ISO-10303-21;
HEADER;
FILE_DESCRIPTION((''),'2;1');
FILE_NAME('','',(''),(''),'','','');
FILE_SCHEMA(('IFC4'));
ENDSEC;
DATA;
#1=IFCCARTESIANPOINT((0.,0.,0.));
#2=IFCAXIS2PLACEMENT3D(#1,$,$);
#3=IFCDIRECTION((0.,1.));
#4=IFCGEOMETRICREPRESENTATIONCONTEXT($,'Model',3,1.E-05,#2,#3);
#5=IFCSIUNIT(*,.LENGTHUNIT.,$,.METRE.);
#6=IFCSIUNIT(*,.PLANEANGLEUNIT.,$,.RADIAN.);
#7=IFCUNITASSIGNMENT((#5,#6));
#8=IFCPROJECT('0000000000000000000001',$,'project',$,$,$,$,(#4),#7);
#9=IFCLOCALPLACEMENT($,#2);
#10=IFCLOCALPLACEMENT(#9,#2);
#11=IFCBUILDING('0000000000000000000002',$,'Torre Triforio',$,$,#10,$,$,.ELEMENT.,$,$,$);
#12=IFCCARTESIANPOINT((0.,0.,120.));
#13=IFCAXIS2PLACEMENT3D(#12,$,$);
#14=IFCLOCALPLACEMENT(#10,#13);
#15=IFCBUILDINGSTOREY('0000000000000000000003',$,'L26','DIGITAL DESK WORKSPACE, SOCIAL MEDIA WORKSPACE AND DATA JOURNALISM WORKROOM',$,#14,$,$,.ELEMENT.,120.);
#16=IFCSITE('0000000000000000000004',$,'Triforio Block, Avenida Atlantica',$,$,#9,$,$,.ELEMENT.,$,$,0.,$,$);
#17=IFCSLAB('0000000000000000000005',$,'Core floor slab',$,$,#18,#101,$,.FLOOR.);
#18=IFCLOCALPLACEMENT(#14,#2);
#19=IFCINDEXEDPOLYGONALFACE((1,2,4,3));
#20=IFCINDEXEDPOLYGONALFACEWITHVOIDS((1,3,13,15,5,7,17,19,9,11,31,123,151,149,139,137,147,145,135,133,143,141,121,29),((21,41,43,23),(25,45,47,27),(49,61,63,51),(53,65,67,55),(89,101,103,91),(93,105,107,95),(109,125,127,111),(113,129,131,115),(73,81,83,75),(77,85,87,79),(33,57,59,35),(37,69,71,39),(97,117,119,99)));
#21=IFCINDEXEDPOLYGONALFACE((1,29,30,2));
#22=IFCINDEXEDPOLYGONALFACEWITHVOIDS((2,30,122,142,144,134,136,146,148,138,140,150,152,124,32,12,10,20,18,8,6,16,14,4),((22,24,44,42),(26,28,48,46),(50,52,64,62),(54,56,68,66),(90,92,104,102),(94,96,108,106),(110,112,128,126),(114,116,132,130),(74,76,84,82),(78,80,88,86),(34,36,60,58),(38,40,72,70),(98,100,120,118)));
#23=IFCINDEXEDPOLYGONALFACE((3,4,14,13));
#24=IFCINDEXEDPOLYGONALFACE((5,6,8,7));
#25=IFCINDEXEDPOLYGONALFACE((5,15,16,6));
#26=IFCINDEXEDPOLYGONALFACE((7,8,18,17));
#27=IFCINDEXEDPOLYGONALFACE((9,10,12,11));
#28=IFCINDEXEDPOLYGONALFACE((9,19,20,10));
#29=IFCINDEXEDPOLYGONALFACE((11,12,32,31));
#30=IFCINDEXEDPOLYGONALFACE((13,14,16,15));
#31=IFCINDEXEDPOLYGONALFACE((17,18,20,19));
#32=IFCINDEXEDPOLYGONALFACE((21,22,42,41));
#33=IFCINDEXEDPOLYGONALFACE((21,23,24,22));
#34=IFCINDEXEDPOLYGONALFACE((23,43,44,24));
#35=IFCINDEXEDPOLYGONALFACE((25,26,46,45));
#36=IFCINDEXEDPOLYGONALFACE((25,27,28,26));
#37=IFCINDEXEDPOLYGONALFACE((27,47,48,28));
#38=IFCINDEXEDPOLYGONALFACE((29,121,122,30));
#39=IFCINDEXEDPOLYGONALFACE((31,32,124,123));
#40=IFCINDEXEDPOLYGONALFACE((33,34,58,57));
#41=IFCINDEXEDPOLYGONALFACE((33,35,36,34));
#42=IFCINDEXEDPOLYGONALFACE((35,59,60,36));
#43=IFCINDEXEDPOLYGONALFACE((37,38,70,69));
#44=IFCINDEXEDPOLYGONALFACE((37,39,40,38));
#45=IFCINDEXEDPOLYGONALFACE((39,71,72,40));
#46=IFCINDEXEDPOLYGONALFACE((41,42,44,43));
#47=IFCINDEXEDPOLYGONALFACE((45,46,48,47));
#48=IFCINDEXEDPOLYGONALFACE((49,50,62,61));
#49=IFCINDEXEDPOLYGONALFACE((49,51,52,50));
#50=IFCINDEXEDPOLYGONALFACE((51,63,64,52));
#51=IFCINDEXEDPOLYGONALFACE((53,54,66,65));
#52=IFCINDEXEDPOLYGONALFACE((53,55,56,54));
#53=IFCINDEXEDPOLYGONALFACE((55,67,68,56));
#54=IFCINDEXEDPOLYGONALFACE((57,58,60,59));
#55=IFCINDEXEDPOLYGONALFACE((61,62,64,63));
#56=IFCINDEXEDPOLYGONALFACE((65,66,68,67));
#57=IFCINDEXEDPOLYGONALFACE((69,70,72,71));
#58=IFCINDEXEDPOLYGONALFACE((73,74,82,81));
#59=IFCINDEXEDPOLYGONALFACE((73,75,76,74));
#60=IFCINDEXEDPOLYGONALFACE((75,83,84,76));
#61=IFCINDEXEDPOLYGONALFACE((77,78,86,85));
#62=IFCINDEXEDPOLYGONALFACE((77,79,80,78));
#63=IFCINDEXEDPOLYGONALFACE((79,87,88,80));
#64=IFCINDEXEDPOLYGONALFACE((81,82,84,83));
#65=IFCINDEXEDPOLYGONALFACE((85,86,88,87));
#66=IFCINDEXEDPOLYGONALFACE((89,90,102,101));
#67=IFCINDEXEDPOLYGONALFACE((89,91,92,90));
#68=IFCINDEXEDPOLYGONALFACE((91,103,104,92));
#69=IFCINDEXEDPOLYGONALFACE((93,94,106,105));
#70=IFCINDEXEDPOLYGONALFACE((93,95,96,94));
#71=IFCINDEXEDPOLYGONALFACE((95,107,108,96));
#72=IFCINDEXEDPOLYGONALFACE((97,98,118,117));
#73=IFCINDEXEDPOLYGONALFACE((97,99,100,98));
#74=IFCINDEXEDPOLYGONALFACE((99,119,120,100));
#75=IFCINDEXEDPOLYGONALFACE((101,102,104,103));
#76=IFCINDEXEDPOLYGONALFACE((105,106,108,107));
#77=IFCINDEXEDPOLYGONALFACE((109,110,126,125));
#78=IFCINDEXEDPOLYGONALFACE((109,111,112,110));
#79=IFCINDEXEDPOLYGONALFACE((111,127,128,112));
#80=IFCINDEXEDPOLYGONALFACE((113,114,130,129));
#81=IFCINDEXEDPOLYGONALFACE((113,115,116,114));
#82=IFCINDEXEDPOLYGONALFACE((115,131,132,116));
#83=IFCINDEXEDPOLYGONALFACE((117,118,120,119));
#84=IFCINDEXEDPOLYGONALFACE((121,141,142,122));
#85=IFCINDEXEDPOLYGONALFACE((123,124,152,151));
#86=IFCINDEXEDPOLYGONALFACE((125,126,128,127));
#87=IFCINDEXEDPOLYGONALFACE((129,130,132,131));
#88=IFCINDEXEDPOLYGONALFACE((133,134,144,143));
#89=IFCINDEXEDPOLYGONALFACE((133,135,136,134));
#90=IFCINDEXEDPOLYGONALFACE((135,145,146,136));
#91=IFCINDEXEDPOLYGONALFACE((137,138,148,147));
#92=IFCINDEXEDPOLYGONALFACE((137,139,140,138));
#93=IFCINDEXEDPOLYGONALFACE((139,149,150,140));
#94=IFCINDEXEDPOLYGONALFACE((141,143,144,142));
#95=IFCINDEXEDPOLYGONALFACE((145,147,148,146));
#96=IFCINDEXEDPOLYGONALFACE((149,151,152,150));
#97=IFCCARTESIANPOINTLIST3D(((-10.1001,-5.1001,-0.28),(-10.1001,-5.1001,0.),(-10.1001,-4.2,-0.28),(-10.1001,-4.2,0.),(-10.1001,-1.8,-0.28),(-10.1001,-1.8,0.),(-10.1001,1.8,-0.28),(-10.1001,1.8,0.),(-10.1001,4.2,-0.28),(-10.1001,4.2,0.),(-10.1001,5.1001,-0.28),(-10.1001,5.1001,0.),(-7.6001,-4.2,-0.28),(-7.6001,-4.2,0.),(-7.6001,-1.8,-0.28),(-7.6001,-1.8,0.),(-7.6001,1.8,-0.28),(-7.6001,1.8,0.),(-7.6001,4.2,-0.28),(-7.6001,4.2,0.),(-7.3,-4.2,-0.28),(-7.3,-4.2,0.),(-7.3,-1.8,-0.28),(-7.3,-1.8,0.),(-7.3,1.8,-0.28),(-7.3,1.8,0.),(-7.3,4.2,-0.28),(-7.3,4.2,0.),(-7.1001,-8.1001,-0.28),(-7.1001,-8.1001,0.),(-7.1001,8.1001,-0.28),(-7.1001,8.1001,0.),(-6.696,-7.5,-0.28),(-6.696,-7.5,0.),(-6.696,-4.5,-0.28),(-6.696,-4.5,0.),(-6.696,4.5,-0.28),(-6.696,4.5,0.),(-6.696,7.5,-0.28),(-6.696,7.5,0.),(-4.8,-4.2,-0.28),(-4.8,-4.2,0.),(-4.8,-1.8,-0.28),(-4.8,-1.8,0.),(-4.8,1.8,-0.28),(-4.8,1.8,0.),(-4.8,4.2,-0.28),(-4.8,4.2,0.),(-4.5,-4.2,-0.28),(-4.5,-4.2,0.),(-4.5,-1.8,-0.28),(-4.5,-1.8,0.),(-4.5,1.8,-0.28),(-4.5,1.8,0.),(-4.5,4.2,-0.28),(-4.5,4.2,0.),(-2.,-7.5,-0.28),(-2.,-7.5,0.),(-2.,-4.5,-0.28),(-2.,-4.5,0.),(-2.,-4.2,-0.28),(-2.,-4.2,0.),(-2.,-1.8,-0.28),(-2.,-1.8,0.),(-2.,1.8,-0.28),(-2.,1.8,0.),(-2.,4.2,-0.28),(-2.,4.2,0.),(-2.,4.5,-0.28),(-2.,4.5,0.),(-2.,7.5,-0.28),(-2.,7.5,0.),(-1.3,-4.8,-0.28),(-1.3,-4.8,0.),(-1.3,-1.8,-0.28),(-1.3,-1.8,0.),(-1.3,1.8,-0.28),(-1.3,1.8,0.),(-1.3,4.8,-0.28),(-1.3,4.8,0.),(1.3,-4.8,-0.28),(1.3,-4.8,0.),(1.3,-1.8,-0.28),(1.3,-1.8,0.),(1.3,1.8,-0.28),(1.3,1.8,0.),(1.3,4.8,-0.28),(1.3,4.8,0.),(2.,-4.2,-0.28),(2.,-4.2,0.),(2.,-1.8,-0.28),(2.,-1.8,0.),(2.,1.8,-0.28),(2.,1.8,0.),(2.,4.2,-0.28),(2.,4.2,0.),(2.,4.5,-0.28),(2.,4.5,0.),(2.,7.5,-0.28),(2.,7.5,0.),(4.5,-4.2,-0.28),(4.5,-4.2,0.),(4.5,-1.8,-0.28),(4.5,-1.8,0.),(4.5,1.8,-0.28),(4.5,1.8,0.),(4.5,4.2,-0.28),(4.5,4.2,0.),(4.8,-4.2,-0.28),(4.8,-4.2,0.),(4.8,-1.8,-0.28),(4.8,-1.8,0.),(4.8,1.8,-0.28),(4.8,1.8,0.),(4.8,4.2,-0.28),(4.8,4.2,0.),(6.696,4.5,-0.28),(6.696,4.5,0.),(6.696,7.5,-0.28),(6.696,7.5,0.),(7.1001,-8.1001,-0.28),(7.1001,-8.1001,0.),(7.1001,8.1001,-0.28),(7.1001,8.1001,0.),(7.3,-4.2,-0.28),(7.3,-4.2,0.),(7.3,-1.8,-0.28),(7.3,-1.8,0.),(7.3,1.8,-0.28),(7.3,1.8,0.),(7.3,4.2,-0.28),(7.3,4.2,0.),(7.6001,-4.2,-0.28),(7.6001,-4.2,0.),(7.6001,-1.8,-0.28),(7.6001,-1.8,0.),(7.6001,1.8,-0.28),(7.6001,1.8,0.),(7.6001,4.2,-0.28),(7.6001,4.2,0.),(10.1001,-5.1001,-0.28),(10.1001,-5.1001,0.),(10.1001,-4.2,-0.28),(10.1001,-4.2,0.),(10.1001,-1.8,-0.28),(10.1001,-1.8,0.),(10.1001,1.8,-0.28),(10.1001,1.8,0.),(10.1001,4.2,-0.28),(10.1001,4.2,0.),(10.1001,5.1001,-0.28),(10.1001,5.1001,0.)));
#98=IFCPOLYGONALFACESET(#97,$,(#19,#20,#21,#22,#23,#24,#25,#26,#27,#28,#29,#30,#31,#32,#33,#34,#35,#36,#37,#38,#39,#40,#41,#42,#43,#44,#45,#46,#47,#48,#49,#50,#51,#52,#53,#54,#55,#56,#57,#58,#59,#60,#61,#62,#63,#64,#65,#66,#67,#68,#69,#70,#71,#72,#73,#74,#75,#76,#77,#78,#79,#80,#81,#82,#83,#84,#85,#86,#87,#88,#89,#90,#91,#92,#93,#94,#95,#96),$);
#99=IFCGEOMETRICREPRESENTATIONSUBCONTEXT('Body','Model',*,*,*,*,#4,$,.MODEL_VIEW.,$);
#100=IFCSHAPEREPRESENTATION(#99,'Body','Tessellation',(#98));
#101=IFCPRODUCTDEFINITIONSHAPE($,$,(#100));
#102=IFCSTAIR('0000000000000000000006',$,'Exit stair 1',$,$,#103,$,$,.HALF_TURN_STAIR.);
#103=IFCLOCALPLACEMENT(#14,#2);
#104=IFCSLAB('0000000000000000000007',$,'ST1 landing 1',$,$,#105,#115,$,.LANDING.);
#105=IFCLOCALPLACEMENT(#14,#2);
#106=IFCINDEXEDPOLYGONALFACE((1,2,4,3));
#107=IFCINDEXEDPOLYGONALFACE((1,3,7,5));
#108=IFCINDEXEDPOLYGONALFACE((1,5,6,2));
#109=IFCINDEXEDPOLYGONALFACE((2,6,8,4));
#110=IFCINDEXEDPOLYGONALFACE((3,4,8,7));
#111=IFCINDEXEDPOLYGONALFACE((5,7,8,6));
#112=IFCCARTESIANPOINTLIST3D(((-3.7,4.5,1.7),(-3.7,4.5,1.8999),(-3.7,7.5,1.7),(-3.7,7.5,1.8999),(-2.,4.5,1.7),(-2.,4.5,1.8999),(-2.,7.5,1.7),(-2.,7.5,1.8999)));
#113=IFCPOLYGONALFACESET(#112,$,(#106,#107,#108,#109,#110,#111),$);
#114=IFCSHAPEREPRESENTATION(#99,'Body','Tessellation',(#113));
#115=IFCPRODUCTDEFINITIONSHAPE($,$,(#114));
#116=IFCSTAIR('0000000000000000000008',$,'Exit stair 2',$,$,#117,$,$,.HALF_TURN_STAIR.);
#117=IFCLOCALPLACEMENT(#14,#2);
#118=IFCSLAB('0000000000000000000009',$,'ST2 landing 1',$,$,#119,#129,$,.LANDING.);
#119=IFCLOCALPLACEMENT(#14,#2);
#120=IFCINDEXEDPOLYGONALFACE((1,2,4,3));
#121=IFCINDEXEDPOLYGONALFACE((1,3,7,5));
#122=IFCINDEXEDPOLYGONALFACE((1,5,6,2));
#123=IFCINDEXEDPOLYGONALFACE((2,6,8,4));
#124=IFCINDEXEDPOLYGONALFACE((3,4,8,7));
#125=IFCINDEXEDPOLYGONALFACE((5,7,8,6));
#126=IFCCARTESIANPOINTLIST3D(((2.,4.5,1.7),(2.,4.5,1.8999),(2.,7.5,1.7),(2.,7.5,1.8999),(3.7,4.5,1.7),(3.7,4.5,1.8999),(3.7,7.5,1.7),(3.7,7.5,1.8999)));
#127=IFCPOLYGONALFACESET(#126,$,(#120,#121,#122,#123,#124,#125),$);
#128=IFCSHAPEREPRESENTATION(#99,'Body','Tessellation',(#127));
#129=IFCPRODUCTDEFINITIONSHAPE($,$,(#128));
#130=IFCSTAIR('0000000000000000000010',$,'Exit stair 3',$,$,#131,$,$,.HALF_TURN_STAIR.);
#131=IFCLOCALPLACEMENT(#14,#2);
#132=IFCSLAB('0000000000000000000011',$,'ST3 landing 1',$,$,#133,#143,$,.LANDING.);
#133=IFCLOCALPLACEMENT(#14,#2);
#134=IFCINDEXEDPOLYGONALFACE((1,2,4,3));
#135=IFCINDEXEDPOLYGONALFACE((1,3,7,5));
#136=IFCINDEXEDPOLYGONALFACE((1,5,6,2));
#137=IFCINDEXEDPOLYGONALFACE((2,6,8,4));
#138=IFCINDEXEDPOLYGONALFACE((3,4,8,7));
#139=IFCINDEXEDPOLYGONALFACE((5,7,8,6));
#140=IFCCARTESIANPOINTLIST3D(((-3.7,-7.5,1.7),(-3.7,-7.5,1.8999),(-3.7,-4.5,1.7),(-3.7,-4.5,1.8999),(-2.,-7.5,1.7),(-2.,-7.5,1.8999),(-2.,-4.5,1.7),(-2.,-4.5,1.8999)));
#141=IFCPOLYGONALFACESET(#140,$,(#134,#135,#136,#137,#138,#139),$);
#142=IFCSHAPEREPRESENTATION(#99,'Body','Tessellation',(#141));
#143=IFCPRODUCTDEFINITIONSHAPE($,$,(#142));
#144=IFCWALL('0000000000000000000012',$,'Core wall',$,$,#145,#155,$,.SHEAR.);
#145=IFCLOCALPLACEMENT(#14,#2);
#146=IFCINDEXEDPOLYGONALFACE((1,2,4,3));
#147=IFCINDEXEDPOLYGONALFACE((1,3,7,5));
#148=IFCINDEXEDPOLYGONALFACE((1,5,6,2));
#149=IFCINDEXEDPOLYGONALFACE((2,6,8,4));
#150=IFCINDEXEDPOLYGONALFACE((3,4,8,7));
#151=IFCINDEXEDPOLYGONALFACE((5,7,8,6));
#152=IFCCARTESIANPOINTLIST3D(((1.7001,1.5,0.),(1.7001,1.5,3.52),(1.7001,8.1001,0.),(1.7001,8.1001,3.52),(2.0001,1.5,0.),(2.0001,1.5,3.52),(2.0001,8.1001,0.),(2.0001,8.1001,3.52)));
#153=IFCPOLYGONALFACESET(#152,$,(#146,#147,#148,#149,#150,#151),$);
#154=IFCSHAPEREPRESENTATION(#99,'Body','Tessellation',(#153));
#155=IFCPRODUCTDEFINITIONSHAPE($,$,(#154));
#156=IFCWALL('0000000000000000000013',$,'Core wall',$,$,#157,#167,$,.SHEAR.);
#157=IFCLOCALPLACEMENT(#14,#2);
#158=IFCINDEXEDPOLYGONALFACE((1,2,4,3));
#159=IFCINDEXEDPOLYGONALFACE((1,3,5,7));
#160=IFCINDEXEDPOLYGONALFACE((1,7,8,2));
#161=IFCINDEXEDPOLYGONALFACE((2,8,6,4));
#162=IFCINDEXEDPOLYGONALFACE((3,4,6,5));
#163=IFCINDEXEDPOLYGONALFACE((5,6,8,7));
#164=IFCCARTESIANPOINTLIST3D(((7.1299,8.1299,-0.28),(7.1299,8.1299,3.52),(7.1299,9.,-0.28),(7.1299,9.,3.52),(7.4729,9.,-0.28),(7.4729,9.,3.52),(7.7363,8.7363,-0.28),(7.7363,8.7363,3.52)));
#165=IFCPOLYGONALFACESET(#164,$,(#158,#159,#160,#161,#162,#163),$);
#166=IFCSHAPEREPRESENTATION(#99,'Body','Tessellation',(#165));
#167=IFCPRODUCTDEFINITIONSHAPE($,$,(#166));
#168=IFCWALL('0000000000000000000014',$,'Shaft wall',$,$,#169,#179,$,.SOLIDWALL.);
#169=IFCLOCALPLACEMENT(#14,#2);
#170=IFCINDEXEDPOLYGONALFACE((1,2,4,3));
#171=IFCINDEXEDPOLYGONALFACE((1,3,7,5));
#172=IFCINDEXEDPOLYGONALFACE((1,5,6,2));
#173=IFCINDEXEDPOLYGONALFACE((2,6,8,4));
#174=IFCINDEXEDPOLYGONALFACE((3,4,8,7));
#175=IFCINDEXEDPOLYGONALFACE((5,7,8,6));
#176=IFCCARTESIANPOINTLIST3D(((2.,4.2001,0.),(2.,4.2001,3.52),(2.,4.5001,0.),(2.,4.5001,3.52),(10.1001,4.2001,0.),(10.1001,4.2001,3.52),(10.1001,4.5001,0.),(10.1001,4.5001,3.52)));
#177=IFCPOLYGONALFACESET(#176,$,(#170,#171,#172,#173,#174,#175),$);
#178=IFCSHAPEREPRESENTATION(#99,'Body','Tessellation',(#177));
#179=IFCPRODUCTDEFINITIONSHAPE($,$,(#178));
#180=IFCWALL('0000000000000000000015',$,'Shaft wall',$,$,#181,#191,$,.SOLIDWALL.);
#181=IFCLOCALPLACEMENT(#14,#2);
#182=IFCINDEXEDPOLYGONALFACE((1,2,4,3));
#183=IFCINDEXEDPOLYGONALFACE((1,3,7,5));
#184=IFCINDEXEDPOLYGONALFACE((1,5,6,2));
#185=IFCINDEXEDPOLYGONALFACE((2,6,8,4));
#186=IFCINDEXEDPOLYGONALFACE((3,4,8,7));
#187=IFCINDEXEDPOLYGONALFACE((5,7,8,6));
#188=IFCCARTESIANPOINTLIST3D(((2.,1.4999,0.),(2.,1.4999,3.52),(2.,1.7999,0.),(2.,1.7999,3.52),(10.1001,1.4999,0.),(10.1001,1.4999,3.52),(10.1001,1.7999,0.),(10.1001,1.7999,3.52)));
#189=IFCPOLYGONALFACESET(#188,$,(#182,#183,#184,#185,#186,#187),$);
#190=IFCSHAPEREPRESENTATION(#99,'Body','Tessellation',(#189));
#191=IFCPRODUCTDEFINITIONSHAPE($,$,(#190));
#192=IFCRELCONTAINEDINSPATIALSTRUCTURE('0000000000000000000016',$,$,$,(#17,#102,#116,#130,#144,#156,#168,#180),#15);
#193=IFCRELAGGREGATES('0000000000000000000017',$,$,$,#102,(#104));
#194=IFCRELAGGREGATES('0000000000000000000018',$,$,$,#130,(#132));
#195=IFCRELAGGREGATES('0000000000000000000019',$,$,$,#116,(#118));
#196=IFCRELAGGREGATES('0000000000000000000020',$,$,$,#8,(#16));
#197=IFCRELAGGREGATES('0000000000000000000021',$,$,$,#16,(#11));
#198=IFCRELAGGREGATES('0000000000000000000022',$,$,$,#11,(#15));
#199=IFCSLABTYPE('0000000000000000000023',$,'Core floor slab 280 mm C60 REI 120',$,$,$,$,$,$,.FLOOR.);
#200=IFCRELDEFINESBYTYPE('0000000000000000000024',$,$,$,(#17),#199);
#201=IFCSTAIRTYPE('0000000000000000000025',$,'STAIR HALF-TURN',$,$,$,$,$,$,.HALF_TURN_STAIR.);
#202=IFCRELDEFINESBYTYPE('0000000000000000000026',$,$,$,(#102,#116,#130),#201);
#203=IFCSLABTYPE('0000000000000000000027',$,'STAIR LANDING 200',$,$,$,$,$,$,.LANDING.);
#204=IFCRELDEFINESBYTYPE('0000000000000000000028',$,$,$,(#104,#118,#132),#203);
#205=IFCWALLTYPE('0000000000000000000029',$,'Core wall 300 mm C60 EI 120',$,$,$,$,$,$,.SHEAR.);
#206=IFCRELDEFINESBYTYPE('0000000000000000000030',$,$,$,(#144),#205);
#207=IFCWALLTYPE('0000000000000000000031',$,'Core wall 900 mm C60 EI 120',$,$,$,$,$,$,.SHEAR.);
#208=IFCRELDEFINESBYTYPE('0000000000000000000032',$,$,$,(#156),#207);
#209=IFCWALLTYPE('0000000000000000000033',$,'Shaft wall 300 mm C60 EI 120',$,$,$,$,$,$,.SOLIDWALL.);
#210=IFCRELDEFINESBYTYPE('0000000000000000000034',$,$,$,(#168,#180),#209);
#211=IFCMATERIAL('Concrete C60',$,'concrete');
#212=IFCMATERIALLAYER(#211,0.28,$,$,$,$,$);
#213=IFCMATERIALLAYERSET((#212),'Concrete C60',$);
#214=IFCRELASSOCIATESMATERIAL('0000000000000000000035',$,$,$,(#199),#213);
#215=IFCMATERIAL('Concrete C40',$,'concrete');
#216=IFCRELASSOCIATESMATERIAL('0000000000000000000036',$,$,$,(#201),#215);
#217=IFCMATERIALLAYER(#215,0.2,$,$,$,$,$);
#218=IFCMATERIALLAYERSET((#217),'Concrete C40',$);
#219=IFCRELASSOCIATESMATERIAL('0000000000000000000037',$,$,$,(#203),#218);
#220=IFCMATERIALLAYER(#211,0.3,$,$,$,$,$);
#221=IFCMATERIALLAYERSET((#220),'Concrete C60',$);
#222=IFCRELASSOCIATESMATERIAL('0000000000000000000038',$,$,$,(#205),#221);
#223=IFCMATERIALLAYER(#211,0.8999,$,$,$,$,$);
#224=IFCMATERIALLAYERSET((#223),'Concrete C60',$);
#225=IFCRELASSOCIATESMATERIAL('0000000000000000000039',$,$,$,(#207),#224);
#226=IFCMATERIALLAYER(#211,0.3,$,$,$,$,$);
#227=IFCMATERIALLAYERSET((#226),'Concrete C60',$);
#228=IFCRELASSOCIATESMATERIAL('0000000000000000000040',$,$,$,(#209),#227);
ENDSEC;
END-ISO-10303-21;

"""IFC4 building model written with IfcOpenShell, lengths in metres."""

from ifc_helpers import new_model, si_unit, direction, frame, frame_2d, origin, place, context, subcontext, project, spatial, polyline, rectangle, outline, extrude, material, layer, layer_set, type_object, element, aggregate, save


model = new_model("IFC4")

# Units and contexts
model_context = context("Model", 3, precision=1e-05, world=origin(), true_north=direction((0.0, 1.0)))
body_context = subcontext(model_context, "Body", "Model", "MODEL_VIEW")
ifc_project = project(units=[si_unit("LENGTHUNIT", "METRE"), si_unit("PLANEANGLEUNIT", "RADIAN")], contexts=[model_context])

# Site, building, storey
site_placement = place(None, origin())
site = spatial("IfcSite", under=ifc_project, at=site_placement, Name="Triforio Block, Avenida Atlantica", CompositionType="ELEMENT", RefElevation=0.0)
building_placement = place(site_placement, origin())
building = spatial("IfcBuilding", under=site, at=building_placement, Name="Torre Triforio", CompositionType="ELEMENT")
storey_placement = place(building_placement, frame((0.0, 0.0, 120.0)))
storey = spatial("IfcBuildingStorey", under=building, at=storey_placement, Name="L26", Description="DIGITAL DESK WORKSPACE, SOCIAL MEDIA WORKSPACE AND DATA JOURNALISM WORKROOM", CompositionType="ELEMENT", Elevation=120.0)

# Slab
ifc_material_1 = material(Name="Concrete C60", Category="concrete")
ifc_layer_1 = layer(ifc_material_1, 0.28)
ifc_layer_set_1 = layer_set([ifc_layer_1], Name="Concrete C60")
slab_type_1 = type_object("IfcSlabType", Name="Core floor slab 280 mm C60 REI 120", PredefinedType="FLOOR", material=ifc_layer_set_1)
slab_1_placement = place(storey_placement, frame((0.0, 0.0, -0.28)))
element("IfcSlab", 1, at=slab_1_placement, inside=storey, type_object=slab_type_1, Name="Core floor slab", PredefinedType="FLOOR", context=body_context, shape_type="SweptSolid", body=[
    extrude(outline(polyline([(10.1001, -5.1001), (7.1001, -8.1001), (-7.1001, -8.1001), (-10.1001, -5.1001), (-10.1001, -4.2), (-7.6001, -4.2), (-7.6001, -1.8), (-10.1001, -1.8), (-10.1001, 1.8), (-7.6001, 1.8), (-7.6001, 4.2), (-10.1001, 4.2), (-10.1001, 5.1001), (-7.1001, 8.1001), (7.1001, 8.1001), (10.1001, 5.1001), (10.1001, 4.2), (7.6001, 4.2), (7.6001, 1.8), (10.1001, 1.8), (10.1001, -1.8), (7.6001, -1.8), (7.6001, -4.2), (10.1001, -4.2), (10.1001, -5.1001)]), holes=[polyline([(-2.0, -4.5), (-6.696, -4.5), (-6.696, -7.5), (-2.0, -7.5), (-2.0, -4.5)]), polyline([(-4.8, -1.8), (-7.3, -1.8), (-7.3, -4.2), (-4.8, -4.2), (-4.8, -1.8)]), polyline([(-2.0, -1.8), (-4.5, -1.8), (-4.5, -4.2), (-2.0, -4.2), (-2.0, -1.8)]), polyline([(-4.8, 4.2), (-7.3, 4.2), (-7.3, 1.8), (-4.8, 1.8), (-4.8, 4.2)]), polyline([(-2.0, 4.2), (-4.5, 4.2), (-4.5, 1.8), (-2.0, 1.8), (-2.0, 4.2)]), polyline([(1.3, 4.8), (-1.3, 4.8), (-1.3, 1.8), (1.3, 1.8), (1.3, 4.8)]), polyline([(-2.0, 7.5), (-6.696, 7.5), (-6.696, 4.5), (-2.0, 4.5), (-2.0, 7.5)]), polyline([(1.3, -1.8), (-1.3, -1.8), (-1.3, -4.8), (1.3, -4.8), (1.3, -1.8)]), polyline([(4.5, -1.8), (2.0, -1.8), (2.0, -4.2), (4.5, -4.2), (4.5, -1.8)]), polyline([(7.3, -1.8), (4.8, -1.8), (4.8, -4.2), (7.3, -4.2), (7.3, -1.8)]), polyline([(4.5, 4.2), (2.0, 4.2), (2.0, 1.8), (4.5, 1.8), (4.5, 4.2)]), polyline([(7.3, 4.2), (4.8, 4.2), (4.8, 1.8), (7.3, 1.8), (7.3, 4.2)]), polyline([(6.696, 4.5), (6.696, 7.5), (2.0, 7.5), (2.0, 4.5), (6.696, 4.5)])]), origin(), (0.0, 0.0, 1.0), 0.28),
])

# Stairs, slabs
ifc_material_2 = material(Name="Concrete C40", Category="concrete")
stair_type = type_object("IfcStairType", Name="STAIR HALF-TURN", PredefinedType="HALF_TURN_STAIR", material=ifc_material_2)
stair_1_placement = place(storey_placement, origin())
stair_1 = element("IfcStair", 2, at=stair_1_placement, inside=storey, type_object=stair_type, Name="Exit stair 1", PredefinedType="HALF_TURN_STAIR")
ifc_layer_2 = layer(ifc_material_2, 0.2)
ifc_layer_set_2 = layer_set([ifc_layer_2], Name="Concrete C40")
slab_type_2 = type_object("IfcSlabType", Name="STAIR LANDING 200", PredefinedType="LANDING", material=ifc_layer_set_2)
slab_2_placement = place(storey_placement, frame((0.0, 0.0, 1.7)))
slab_2 = element("IfcSlab", 3, at=slab_2_placement, type_object=slab_type_2, Name="ST1 landing 1", PredefinedType="LANDING", context=body_context, shape_type="SweptSolid", body=[
    extrude(outline(polyline([(-2.0, 4.5), (-2.0, 7.5), (-3.7, 7.5), (-3.7, 4.5), (-2.0, 4.5)])), origin(), (0.0, 0.0, 1.0), 0.2),
])
aggregate(stair_1, [slab_2])
stair_2_placement = place(storey_placement, origin())
stair_2 = element("IfcStair", 4, at=stair_2_placement, inside=storey, type_object=stair_type, Name="Exit stair 2", PredefinedType="HALF_TURN_STAIR")
slab_3_placement = place(storey_placement, frame((0.0, 0.0, 1.7)))
slab_3 = element("IfcSlab", 5, at=slab_3_placement, type_object=slab_type_2, Name="ST2 landing 1", PredefinedType="LANDING", context=body_context, shape_type="SweptSolid", body=[
    extrude(outline(polyline([(3.7, 4.5), (3.7, 7.5), (2.0, 7.5), (2.0, 4.5), (3.7, 4.5)])), origin(), (0.0, 0.0, 1.0), 0.2),
])
stair_3_placement = place(storey_placement, origin())
stair_3 = element("IfcStair", 6, at=stair_3_placement, inside=storey, type_object=stair_type, Name="Exit stair 3", PredefinedType="HALF_TURN_STAIR")
slab_4_placement = place(storey_placement, frame((0.0, 0.0, 1.7)))
slab_4 = element("IfcSlab", 7, at=slab_4_placement, type_object=slab_type_2, Name="ST3 landing 1", PredefinedType="LANDING", context=body_context, shape_type="SweptSolid", body=[
    extrude(outline(polyline([(-2.0, -7.5), (-2.0, -4.5), (-3.7, -4.5), (-3.7, -7.5), (-2.0, -7.5)])), origin(), (0.0, 0.0, 1.0), 0.2),
])
aggregate(stair_3, [slab_4])

# Walls
ifc_layer_3 = layer(ifc_material_1, 0.3)
ifc_layer_set_3 = layer_set([ifc_layer_3], Name="Concrete C60")
wall_type_1 = type_object("IfcWallType", Name="Core wall 300 mm C60 EI 120", PredefinedType="SHEAR", material=ifc_layer_set_3)
wall_1_placement = place(storey_placement, frame((1.8501, 1.5, 0.0), z_axis=(0.0, 0.0, 1.0), x_axis=(0.0, 1.0, 0.0)))
element("IfcWall", 8, at=wall_1_placement, inside=storey, type_object=wall_type_1, Name="Core wall", PredefinedType="SHEAR", context=body_context, shape_type="SweptSolid", body=[
    extrude(rectangle(XDim=6.6001, YDim=0.3, at=frame_2d((3.3, 0.0))), origin(), (0.0, 0.0, 1.0), 3.52),
])
ifc_layer_4 = layer(ifc_material_1, 0.8999)
ifc_layer_set_4 = layer_set([ifc_layer_4], Name="Concrete C60")
wall_type_2 = type_object("IfcWallType", Name="Core wall 900 mm C60 EI 120", PredefinedType="SHEAR", material=ifc_layer_set_4)
wall_2_placement = place(storey_placement, frame((0.0, 0.0, -0.28)))
element("IfcWall", 9, at=wall_2_placement, inside=storey, type_object=wall_type_2, Name="Core wall", PredefinedType="SHEAR", context=body_context, shape_type="SweptSolid", body=[
    extrude(outline(polyline([(7.4729, 9.0), (7.7363, 8.7363), (7.1299, 8.1299), (7.1299, 9.0), (7.4729, 9.0)])), origin(), (0.0, 0.0, 1.0), 3.8),
])
ifc_layer_5 = layer(ifc_material_1, 0.3)
ifc_layer_set_5 = layer_set([ifc_layer_5], Name="Concrete C60")
wall_type_3 = type_object("IfcWallType", Name="Shaft wall 300 mm C60 EI 120", PredefinedType="SOLIDWALL", material=ifc_layer_set_5)
for number, where, z_axis, x_axis, name in (
    (10, (2.0, 4.3501, 0.0), (0.0, 0.0, 1.0), (1.0, 0.0, 0.0), "Shaft wall"),
    (11, (2.0, 1.6499, 0.0), (0.0, 0.0, 1.0), (1.0, 0.0, 0.0), "Shaft wall"),
):
    element("IfcWall", number, at=place(storey_placement, frame(where, z_axis=z_axis, x_axis=x_axis)), inside=storey, type_object=wall_type_3, Name=name, PredefinedType="SOLIDWALL", context=body_context, shape_type="SweptSolid", body=[
        extrude(rectangle(XDim=8.1001, YDim=0.3, at=frame_2d((4.05, 0.0))), origin(), (0.0, 0.0, 1.0), 3.52),
    ])

aggregate(stair_2, [slab_3])

save(model, "model.ifc")
